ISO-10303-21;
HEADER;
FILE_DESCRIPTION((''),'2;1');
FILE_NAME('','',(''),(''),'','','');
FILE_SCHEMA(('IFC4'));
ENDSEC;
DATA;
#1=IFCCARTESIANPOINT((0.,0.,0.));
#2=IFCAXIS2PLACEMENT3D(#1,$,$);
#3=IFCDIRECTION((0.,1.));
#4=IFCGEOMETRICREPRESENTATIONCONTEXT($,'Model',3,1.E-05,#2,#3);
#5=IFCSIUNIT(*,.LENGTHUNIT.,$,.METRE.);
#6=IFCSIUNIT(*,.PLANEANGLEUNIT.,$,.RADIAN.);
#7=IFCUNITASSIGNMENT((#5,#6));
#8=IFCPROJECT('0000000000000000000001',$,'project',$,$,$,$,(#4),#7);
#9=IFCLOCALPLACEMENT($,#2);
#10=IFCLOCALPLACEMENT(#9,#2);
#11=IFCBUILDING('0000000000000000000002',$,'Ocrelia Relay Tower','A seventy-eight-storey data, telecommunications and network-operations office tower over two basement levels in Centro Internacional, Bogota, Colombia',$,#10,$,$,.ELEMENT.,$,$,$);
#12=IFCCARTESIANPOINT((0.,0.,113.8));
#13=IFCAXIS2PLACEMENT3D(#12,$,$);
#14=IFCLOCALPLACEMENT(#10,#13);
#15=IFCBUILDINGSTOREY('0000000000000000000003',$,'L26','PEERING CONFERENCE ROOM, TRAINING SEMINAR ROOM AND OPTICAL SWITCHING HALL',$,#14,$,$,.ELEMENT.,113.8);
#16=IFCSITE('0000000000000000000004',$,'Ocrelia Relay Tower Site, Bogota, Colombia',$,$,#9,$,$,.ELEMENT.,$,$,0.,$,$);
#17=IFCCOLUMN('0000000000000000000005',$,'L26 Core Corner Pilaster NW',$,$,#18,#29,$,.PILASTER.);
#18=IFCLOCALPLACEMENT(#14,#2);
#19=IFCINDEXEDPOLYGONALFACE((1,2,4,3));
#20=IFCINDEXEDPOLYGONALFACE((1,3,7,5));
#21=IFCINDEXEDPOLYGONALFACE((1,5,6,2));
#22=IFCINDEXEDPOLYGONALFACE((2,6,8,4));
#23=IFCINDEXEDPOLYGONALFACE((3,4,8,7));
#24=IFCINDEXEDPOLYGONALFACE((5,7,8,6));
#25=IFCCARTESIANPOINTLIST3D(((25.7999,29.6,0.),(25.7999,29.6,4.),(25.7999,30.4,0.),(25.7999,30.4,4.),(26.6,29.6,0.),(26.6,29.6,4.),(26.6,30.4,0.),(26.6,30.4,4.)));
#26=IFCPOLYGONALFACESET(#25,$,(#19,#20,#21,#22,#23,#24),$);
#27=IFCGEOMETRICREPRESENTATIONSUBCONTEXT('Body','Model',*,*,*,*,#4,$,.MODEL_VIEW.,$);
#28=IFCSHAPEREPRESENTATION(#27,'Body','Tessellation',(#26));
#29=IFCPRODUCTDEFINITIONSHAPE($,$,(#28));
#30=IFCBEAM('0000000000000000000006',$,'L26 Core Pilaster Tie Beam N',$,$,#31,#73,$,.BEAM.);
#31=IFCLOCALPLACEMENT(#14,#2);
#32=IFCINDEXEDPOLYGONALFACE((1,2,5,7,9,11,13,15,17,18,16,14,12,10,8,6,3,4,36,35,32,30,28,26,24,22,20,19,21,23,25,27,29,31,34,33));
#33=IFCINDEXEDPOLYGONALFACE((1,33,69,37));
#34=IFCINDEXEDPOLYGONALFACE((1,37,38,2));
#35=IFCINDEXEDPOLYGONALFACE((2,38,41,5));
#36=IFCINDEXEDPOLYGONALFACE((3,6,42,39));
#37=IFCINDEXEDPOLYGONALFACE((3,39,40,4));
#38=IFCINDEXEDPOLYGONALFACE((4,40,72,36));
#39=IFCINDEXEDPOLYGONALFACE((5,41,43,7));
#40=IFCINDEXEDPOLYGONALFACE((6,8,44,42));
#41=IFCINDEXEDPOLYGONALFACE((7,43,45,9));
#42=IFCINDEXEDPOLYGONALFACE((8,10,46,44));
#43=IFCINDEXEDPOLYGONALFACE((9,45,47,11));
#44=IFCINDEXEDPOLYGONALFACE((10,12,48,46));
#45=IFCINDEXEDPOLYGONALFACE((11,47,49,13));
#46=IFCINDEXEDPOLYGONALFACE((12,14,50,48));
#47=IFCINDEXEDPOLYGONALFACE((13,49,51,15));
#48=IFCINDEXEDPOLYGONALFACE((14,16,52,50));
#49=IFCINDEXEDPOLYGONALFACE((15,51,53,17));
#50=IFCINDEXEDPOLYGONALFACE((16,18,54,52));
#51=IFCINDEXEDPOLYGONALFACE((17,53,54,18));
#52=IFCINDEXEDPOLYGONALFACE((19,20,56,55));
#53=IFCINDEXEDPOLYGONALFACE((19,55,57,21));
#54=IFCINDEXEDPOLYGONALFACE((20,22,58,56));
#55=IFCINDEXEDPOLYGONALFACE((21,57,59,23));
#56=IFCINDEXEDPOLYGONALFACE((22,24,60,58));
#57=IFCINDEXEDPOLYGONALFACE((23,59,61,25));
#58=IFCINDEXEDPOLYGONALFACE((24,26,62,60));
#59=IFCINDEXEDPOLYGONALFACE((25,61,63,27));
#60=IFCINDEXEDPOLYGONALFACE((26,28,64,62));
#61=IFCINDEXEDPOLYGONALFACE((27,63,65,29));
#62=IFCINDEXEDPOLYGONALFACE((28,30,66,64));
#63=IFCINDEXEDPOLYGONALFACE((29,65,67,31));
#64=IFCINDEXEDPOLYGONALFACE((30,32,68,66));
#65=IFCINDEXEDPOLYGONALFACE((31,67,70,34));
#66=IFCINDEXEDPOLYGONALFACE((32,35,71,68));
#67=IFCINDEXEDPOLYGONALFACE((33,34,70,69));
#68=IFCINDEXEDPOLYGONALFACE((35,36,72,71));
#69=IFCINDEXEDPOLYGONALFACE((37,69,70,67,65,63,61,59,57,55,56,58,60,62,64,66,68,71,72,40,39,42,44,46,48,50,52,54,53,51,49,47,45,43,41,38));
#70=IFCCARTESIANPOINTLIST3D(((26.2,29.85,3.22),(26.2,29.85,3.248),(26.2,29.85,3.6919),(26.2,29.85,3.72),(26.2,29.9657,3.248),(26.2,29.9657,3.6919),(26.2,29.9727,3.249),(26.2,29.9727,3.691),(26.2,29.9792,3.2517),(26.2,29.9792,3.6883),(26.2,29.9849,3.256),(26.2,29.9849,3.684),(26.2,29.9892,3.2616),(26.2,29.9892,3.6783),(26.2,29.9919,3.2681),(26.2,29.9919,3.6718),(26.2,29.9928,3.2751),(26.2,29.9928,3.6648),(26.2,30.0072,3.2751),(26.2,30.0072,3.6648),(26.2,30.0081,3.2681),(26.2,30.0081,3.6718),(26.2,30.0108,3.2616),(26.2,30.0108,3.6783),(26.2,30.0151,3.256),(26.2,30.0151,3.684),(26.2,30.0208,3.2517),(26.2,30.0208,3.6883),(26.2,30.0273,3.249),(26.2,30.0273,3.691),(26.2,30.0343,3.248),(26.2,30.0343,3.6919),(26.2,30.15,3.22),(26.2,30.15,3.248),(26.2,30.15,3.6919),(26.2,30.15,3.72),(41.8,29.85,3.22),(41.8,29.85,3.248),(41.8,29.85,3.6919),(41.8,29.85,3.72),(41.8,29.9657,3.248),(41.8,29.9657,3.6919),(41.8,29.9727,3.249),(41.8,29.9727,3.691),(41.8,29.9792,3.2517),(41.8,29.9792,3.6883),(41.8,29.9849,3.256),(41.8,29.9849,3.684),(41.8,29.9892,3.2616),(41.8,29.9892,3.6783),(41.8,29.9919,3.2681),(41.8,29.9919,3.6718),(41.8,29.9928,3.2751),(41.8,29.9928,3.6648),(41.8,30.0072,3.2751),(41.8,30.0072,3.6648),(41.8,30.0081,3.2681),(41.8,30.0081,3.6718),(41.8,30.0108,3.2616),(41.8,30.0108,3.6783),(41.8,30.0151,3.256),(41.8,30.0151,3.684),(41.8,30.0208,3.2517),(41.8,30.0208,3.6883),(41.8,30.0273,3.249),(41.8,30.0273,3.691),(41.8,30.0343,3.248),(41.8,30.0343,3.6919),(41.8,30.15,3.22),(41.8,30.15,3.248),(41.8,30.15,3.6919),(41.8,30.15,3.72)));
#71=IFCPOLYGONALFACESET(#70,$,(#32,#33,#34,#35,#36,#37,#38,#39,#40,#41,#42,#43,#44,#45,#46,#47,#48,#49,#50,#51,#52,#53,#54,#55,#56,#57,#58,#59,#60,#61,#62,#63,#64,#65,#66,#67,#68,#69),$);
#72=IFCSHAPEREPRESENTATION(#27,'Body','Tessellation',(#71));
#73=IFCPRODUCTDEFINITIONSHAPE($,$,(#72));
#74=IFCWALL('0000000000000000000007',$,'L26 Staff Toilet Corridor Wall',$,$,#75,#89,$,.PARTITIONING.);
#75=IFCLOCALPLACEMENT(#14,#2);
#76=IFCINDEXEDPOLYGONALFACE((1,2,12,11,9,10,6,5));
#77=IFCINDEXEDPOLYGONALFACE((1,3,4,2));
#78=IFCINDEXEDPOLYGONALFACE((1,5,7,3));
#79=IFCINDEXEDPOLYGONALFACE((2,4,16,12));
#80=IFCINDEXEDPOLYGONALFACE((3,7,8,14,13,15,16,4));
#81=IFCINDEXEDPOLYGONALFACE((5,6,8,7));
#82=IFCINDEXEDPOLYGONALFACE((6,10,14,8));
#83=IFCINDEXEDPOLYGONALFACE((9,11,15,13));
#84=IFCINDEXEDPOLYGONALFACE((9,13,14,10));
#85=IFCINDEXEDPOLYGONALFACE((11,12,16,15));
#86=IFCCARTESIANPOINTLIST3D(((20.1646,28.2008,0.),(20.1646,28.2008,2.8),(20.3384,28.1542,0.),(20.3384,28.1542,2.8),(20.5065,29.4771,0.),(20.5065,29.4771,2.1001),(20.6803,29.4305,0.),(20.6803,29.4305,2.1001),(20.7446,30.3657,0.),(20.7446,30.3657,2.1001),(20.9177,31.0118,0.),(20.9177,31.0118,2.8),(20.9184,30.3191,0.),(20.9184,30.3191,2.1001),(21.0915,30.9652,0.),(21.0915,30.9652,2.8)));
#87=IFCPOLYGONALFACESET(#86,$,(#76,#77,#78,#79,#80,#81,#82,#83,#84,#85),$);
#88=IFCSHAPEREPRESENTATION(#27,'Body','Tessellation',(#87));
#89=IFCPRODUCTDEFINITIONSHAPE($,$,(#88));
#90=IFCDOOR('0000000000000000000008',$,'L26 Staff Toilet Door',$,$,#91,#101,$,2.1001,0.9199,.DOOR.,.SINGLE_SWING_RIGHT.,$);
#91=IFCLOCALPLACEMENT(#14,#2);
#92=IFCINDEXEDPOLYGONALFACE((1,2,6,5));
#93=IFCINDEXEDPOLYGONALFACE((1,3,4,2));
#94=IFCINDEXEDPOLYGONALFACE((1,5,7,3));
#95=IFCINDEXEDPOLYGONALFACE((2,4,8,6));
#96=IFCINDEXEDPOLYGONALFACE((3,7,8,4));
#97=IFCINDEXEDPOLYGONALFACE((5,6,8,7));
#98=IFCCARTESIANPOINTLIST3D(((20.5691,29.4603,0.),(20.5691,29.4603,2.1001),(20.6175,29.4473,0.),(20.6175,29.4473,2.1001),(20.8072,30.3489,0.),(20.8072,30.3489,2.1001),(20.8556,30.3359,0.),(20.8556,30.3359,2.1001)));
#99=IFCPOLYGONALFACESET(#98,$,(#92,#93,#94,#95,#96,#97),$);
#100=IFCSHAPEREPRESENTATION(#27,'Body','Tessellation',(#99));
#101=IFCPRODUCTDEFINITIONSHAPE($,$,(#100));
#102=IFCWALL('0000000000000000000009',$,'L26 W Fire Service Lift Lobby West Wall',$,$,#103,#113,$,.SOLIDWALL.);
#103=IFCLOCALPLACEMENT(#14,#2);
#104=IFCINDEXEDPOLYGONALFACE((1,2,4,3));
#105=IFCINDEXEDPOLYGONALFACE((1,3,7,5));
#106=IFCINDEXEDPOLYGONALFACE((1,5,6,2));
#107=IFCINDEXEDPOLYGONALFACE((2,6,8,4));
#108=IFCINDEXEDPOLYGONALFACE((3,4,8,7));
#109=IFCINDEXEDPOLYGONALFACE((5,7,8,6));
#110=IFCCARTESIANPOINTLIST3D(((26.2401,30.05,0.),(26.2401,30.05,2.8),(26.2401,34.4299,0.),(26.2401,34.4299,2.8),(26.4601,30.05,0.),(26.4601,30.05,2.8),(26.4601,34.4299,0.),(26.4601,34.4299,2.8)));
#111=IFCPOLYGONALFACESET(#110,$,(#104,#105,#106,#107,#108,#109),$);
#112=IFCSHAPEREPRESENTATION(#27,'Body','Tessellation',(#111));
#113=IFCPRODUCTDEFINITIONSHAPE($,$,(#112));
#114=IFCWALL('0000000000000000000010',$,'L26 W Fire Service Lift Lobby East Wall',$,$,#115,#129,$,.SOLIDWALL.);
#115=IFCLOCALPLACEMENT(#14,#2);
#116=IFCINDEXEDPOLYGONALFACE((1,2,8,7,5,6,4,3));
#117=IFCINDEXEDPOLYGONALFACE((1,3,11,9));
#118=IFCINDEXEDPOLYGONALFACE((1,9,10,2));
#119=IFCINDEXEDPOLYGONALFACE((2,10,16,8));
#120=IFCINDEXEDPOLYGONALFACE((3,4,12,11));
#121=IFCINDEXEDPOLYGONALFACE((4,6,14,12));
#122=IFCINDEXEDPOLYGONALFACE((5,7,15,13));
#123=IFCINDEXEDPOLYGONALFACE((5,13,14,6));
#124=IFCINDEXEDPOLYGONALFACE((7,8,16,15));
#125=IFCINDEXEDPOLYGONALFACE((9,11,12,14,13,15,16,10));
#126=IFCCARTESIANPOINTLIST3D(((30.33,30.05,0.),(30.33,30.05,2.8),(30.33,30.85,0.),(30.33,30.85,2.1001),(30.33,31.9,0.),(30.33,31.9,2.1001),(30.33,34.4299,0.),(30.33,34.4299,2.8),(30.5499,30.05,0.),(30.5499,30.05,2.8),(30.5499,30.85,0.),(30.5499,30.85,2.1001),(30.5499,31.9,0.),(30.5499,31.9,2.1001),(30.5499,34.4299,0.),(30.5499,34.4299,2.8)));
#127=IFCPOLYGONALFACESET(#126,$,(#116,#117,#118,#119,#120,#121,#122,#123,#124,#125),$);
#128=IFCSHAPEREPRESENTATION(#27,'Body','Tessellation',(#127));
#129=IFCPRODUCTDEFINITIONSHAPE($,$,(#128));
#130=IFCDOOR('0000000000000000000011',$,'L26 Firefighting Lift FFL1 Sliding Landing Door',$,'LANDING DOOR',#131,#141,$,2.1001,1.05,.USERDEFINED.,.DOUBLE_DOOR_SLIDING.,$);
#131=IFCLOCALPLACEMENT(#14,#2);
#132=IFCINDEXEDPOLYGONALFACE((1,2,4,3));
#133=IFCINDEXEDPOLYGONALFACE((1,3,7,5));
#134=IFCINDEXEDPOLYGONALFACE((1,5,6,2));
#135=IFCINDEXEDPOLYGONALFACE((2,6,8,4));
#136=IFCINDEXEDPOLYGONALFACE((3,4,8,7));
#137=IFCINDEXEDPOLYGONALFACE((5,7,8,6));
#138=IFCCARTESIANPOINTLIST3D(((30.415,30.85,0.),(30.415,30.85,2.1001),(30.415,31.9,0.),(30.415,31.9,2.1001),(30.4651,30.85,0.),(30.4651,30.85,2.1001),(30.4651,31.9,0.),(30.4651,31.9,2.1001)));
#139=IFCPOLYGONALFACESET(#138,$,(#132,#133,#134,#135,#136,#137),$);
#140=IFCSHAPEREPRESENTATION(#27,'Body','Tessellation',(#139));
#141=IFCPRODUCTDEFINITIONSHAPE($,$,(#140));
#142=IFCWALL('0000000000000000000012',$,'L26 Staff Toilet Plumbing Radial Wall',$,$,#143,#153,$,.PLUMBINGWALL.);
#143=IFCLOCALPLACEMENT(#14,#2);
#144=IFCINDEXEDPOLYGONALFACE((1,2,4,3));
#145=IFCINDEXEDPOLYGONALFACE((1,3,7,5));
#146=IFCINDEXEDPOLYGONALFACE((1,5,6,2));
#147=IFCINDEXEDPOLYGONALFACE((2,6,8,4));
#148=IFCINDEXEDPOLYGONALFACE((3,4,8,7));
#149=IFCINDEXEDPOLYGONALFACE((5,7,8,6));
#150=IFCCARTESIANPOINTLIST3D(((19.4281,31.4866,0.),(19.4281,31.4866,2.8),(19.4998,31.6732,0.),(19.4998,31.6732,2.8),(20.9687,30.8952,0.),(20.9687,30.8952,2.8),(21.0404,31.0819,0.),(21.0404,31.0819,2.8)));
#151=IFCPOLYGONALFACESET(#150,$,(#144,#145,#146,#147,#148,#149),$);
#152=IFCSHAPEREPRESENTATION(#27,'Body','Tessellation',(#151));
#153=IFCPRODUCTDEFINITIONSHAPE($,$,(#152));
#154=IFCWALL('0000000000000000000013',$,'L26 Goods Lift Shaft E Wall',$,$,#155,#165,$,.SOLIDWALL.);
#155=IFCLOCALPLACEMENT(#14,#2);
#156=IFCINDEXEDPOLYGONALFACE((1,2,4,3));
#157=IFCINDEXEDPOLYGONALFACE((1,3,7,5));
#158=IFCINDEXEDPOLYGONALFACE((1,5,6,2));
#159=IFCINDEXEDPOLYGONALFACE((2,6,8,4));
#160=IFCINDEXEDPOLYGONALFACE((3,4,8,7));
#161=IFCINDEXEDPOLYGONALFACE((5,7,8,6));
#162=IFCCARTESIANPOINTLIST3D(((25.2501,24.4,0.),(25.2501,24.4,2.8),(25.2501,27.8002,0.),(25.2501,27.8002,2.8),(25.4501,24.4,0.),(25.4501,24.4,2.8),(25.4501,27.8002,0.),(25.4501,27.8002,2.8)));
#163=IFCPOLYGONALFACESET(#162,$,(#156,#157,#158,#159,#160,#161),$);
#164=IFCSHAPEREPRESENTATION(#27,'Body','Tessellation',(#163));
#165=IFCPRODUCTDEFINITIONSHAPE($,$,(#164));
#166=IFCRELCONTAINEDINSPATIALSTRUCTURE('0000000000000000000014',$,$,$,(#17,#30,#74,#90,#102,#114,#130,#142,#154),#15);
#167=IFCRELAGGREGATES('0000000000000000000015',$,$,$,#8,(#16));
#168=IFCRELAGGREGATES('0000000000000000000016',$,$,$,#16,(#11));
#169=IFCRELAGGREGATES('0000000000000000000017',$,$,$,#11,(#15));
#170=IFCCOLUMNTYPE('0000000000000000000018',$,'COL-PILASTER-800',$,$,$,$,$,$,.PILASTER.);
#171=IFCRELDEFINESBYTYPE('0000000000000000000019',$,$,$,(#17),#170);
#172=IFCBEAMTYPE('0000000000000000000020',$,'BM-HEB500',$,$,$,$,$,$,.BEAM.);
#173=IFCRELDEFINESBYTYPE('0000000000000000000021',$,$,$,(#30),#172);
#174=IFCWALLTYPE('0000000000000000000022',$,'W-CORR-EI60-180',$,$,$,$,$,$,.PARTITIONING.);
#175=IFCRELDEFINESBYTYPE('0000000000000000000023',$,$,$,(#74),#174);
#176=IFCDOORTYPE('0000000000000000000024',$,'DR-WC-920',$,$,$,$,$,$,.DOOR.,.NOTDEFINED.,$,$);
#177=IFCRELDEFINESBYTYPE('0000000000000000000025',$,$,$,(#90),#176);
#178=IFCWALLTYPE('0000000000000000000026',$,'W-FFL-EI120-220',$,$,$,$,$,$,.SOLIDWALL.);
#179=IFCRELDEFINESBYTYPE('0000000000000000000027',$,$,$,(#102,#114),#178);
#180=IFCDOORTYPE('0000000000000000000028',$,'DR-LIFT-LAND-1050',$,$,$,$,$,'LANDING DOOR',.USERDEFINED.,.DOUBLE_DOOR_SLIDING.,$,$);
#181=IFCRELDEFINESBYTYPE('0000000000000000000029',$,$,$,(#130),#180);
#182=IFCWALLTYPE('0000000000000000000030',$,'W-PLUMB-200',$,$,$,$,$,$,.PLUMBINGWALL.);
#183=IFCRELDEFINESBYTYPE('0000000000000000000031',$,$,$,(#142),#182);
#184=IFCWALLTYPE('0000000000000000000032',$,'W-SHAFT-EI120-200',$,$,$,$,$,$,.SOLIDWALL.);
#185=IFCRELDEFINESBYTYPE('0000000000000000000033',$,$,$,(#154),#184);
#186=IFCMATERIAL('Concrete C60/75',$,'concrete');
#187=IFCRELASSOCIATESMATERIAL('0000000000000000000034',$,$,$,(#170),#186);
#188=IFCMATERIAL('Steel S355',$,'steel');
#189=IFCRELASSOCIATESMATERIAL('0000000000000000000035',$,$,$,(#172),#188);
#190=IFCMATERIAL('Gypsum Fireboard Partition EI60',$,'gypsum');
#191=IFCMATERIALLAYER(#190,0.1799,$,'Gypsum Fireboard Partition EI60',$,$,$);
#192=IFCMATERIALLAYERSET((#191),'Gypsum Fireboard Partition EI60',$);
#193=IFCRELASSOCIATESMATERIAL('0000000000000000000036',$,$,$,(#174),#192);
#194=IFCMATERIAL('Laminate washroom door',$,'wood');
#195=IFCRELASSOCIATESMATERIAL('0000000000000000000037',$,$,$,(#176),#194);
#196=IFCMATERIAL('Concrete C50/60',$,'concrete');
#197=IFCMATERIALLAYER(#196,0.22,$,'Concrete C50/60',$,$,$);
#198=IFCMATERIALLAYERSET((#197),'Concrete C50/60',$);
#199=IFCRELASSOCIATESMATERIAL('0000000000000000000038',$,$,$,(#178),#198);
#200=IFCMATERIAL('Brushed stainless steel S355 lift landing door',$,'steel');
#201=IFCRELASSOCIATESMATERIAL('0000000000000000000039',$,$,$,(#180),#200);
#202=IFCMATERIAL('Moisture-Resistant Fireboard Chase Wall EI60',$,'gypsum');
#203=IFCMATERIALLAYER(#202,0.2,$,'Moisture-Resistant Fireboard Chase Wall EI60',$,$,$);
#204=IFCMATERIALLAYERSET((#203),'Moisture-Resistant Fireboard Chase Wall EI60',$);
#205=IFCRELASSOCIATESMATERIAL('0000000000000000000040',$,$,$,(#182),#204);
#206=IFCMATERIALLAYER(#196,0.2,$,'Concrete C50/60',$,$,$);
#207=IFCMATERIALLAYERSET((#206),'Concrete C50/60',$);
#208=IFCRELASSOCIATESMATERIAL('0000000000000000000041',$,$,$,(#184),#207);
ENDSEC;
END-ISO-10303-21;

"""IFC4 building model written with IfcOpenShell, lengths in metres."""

from ifc_helpers import new_model, si_unit, direction, frame, frame_2d, origin, origin_2d, place, context, subcontext, project, spatial, rectangle, i_section, extrude, material, layer, layer_set, material_profile, profile_set, type_object, element, fill, save


model = new_model("IFC4")

# Units and contexts
model_context = context("Model", 3, precision=1e-05, world=origin(), true_north=direction((0.0, 1.0)))
body_context = subcontext(model_context, "Body", "Model", "MODEL_VIEW")
ifc_project = project(units=[si_unit("LENGTHUNIT", "METRE"), si_unit("PLANEANGLEUNIT", "RADIAN")], contexts=[model_context])

# Site, building, storey
site_placement = place(None, origin())
site = spatial("IfcSite", under=ifc_project, at=site_placement, Name="Ocrelia Relay Tower Site, Bogota, Colombia", CompositionType="ELEMENT", RefElevation=0.0)
building_placement = place(site_placement, origin())
building = spatial("IfcBuilding", under=site, at=building_placement, Name="Ocrelia Relay Tower", Description="A seventy-eight-storey data, telecommunications and network-operations office tower over two basement levels in Centro Internacional, Bogota, Colombia", CompositionType="ELEMENT")
storey_placement = place(building_placement, frame((0.0, 0.0, 113.8)))
storey = spatial("IfcBuildingStorey", under=building, at=storey_placement, Name="L26", Description="PEERING CONFERENCE ROOM, TRAINING SEMINAR ROOM AND OPTICAL SWITCHING HALL", CompositionType="ELEMENT", Elevation=113.8)

# Column
ifc_material_1 = material(Name="Concrete C60/75", Category="concrete")
ifc_material_profile_1 = material_profile(ifc_material_1, rectangle(XDim=0.8, YDim=0.8, at=origin_2d()), Name="RC-COL-800x800")
ifc_profile_set_1 = profile_set([ifc_material_profile_1], Name="Concrete C60/75")
column_type = type_object("IfcColumnType", Name="COL-PILASTER-800", PredefinedType="PILASTER", material=ifc_profile_set_1)
column_placement = place(storey_placement, frame((26.2, 30.0, 0.0), z_axis=(0.0, 0.0, 1.0), x_axis=(1.0, 0.0, 0.0)))
element("IfcColumn", 1, at=column_placement, inside=storey, type_object=column_type, Name="L26 Core Corner Pilaster NW", PredefinedType="PILASTER", context=body_context, shape_type="SweptSolid", body=[
    extrude(rectangle(XDim=0.8, YDim=0.8, at=origin_2d()), origin(), (0.0, 0.0, 1.0), 4.0),
])

# Beam
ifc_material_2 = material(Name="Steel S355", Category="steel")
ifc_material_profile_2 = material_profile(ifc_material_2, i_section(OverallWidth=0.3, OverallDepth=0.5, WebThickness=0.0144, FlangeThickness=0.0281, FilletRadius=0.0271, at=origin_2d()), Name="HEB 500")
ifc_profile_set_2 = profile_set([ifc_material_profile_2], Name="Steel S355")
beam_type = type_object("IfcBeamType", Name="BM-HEB500", PredefinedType="BEAM", material=ifc_profile_set_2)
beam_placement = place(storey_placement, frame((26.2, 30.0, 3.47), z_axis=(1.0, 0.0, 0.0), x_axis=(0.0, 1.0, 0.0)))
element("IfcBeam", 2, at=beam_placement, inside=storey, type_object=beam_type, Name="L26 Core Pilaster Tie Beam N", PredefinedType="BEAM", context=body_context, shape_type="SweptSolid", body=[
    extrude(i_section(OverallWidth=0.3, OverallDepth=0.5, WebThickness=0.0144, FlangeThickness=0.0281, FilletRadius=0.0271, at=origin_2d()), origin(), (0.0, 0.0, 1.0), 15.6001),
])

# Wall, opening, door
ifc_material_3 = material(Name="Gypsum Fireboard Partition EI60", Category="gypsum")
ifc_layer_1 = layer(ifc_material_3, 0.1799, Name="Gypsum Fireboard Partition EI60")
ifc_layer_set_1 = layer_set([ifc_layer_1], Name="Gypsum Fireboard Partition EI60")
wall_type_1 = type_object("IfcWallType", Name="W-CORR-EI60-180", PredefinedType="PARTITIONING", material=ifc_layer_set_1)
wall_1_placement = place(storey_placement, frame((21.0046, 30.9885, 0.0), z_axis=(0.0, 0.0, 1.0), x_axis=(-0.258806, -0.965929, 0.0)))
wall_1 = element("IfcWall", 3, at=wall_1_placement, inside=storey, type_object=wall_type_1, Name="L26 Staff Toilet Corridor Wall", PredefinedType="PARTITIONING", context=body_context, shape_type="SweptSolid", body=[
    extrude(rectangle(XDim=2.9102, YDim=0.1799, at=frame_2d((1.4551, 0.0))), origin(), (0.0, 0.0, 1.0), 2.8),
])
opening_1_placement = place(wall_1_placement, frame((0.6689, 0.0, 0.0)))
opening_1 = element("IfcOpeningElement", 4, at=opening_1_placement, cuts=wall_1, PredefinedType="OPENING", context=body_context, shape_type="SweptSolid", body=[
    extrude(rectangle(XDim=0.9199, YDim=2.1001, at=frame_2d((0.46, 1.05))), frame((0.0, 0.1001, 0.0), z_axis=(0.0, -1.0, 0.0), x_axis=(1.0, 0.0, 0.0)), (0.0, 0.0, 1.0), 0.2),
])
ifc_material_4 = material(Name="Laminate washroom door", Category="wood")
door_type_1 = type_object("IfcDoorType", Name="DR-WC-920", OperationType="NOTDEFINED", PredefinedType="DOOR", material=ifc_material_4)
door_1_placement = place(opening_1_placement, origin())
door_1 = element("IfcDoor", 5, at=door_1_placement, inside=storey, type_object=door_type_1, Name="L26 Staff Toilet Door", OperationType="SINGLE_SWING_RIGHT", OverallHeight=2.1001, OverallWidth=0.9199, PredefinedType="DOOR", context=body_context, shape_type="SweptSolid", body=[
    extrude(rectangle(XDim=0.9199, YDim=2.1001, at=frame_2d((0.46, 1.05))), frame((0.0, 0.0249, 0.0), z_axis=(0.0, -1.0, 0.0), x_axis=(1.0, 0.0, 0.0)), (0.0, 0.0, 1.0), 0.05),
])
fill(opening_1, door_1)

# Wall
ifc_material_5 = material(Name="Concrete C50/60", Category="concrete")
ifc_layer_2 = layer(ifc_material_5, 0.22, Name="Concrete C50/60")
ifc_layer_set_2 = layer_set([ifc_layer_2], Name="Concrete C50/60")
wall_type_2 = type_object("IfcWallType", Name="W-FFL-EI120-220", PredefinedType="SOLIDWALL", material=ifc_layer_set_2)
wall_2_placement = place(storey_placement, frame((26.3501, 30.05, 0.0), z_axis=(0.0, 0.0, 1.0), x_axis=(0.0, 1.0, 0.0)))
element("IfcWall", 6, at=wall_2_placement, inside=storey, type_object=wall_type_2, Name="L26 W Fire Service Lift Lobby West Wall", PredefinedType="SOLIDWALL", context=body_context, shape_type="SweptSolid", body=[
    extrude(rectangle(XDim=4.3799, YDim=0.22, at=frame_2d((2.1899, 0.0))), origin(), (0.0, 0.0, 1.0), 2.8),
])

# Wall, opening, door
wall_3_placement = place(storey_placement, frame((30.4399, 30.05, 0.0), z_axis=(0.0, 0.0, 1.0), x_axis=(0.0, 1.0, 0.0)))
wall_3 = element("IfcWall", 7, at=wall_3_placement, inside=storey, type_object=wall_type_2, Name="L26 W Fire Service Lift Lobby East Wall", PredefinedType="SOLIDWALL", context=body_context, shape_type="SweptSolid", body=[
    extrude(rectangle(XDim=4.3799, YDim=0.22, at=frame_2d((2.1899, 0.0))), origin(), (0.0, 0.0, 1.0), 2.8),
])
opening_2_placement = place(wall_3_placement, frame((0.8, 0.0, 0.0)))
opening_2 = element("IfcOpeningElement", 8, at=opening_2_placement, cuts=wall_3, PredefinedType="OPENING", context=body_context, shape_type="SweptSolid", body=[
    extrude(rectangle(XDim=1.05, YDim=2.1001, at=frame_2d((0.5249, 1.05))), frame((0.0, 0.1201, 0.0), z_axis=(0.0, -1.0, 0.0), x_axis=(1.0, 0.0, 0.0)), (0.0, 0.0, 1.0), 0.24),
])
ifc_material_6 = material(Name="Brushed stainless steel S355 lift landing door", Category="steel")
door_type_2 = type_object("IfcDoorType", Name="DR-LIFT-LAND-1050", ElementType="LANDING DOOR", OperationType="DOUBLE_DOOR_SLIDING", PredefinedType="USERDEFINED", material=ifc_material_6)
door_2_placement = place(opening_2_placement, origin())
door_2 = element("IfcDoor", 9, at=door_2_placement, inside=storey, type_object=door_type_2, Name="L26 Firefighting Lift FFL1 Sliding Landing Door", ObjectType="LANDING DOOR", OperationType="DOUBLE_DOOR_SLIDING", OverallHeight=2.1001, OverallWidth=1.05, PredefinedType="USERDEFINED", context=body_context, shape_type="SweptSolid", body=[
    extrude(rectangle(XDim=1.05, YDim=2.1001, at=frame_2d((0.5249, 1.05))), frame((0.0, 0.0249, 0.0), z_axis=(0.0, -1.0, 0.0), x_axis=(1.0, 0.0, 0.0)), (0.0, 0.0, 1.0), 0.05),
])
fill(opening_2, door_2)

# Wall
ifc_material_7 = material(Name="Moisture-Resistant Fireboard Chase Wall EI60", Category="gypsum")
ifc_layer_3 = layer(ifc_material_7, 0.2, Name="Moisture-Resistant Fireboard Chase Wall EI60")
ifc_layer_set_3 = layer_set([ifc_layer_3], Name="Moisture-Resistant Fireboard Chase Wall EI60")
wall_type_3 = type_object("IfcWallType", Name="W-PLUMB-200", PredefinedType="PLUMBINGWALL", material=ifc_layer_set_3)
wall_4_placement = place(storey_placement, frame((21.0046, 30.9885, 0.0), z_axis=(0.0, 0.0, 1.0), x_axis=(-0.933589, 0.358344, 0.0)))
element("IfcWall", 10, at=wall_4_placement, inside=storey, type_object=wall_type_3, Name="L26 Staff Toilet Plumbing Radial Wall", PredefinedType="PLUMBINGWALL", context=body_context, shape_type="SweptSolid", body=[
    extrude(rectangle(XDim=1.6501, YDim=0.2, at=frame_2d((0.8252, 0.0))), origin(), (0.0, 0.0, 1.0), 2.8),
])

# Shared definitions
ifc_layer_4 = layer(ifc_material_5, 0.2, Name="Concrete C50/60")
ifc_layer_set_4 = layer_set([ifc_layer_4], Name="Concrete C50/60")
wall_type_4 = type_object("IfcWallType", Name="W-SHAFT-EI120-200", PredefinedType="SOLIDWALL", material=ifc_layer_set_4)

# Wall
wall_5_placement = place(storey_placement, frame((25.3501, 24.3999, 0.0), z_axis=(0.0, 0.0, 1.0), x_axis=(0.0, 1.0, 0.0)))
element("IfcWall", 11, at=wall_5_placement, inside=storey, type_object=wall_type_4, Name="L26 Goods Lift Shaft E Wall", PredefinedType="SOLIDWALL", context=body_context, shape_type="SweptSolid", body=[
    extrude(rectangle(XDim=3.4001, YDim=0.2, at=frame_2d((1.7002, 0.0))), origin(), (0.0, 0.0, 1.0), 2.8),
])

save(model, "model.ifc")
